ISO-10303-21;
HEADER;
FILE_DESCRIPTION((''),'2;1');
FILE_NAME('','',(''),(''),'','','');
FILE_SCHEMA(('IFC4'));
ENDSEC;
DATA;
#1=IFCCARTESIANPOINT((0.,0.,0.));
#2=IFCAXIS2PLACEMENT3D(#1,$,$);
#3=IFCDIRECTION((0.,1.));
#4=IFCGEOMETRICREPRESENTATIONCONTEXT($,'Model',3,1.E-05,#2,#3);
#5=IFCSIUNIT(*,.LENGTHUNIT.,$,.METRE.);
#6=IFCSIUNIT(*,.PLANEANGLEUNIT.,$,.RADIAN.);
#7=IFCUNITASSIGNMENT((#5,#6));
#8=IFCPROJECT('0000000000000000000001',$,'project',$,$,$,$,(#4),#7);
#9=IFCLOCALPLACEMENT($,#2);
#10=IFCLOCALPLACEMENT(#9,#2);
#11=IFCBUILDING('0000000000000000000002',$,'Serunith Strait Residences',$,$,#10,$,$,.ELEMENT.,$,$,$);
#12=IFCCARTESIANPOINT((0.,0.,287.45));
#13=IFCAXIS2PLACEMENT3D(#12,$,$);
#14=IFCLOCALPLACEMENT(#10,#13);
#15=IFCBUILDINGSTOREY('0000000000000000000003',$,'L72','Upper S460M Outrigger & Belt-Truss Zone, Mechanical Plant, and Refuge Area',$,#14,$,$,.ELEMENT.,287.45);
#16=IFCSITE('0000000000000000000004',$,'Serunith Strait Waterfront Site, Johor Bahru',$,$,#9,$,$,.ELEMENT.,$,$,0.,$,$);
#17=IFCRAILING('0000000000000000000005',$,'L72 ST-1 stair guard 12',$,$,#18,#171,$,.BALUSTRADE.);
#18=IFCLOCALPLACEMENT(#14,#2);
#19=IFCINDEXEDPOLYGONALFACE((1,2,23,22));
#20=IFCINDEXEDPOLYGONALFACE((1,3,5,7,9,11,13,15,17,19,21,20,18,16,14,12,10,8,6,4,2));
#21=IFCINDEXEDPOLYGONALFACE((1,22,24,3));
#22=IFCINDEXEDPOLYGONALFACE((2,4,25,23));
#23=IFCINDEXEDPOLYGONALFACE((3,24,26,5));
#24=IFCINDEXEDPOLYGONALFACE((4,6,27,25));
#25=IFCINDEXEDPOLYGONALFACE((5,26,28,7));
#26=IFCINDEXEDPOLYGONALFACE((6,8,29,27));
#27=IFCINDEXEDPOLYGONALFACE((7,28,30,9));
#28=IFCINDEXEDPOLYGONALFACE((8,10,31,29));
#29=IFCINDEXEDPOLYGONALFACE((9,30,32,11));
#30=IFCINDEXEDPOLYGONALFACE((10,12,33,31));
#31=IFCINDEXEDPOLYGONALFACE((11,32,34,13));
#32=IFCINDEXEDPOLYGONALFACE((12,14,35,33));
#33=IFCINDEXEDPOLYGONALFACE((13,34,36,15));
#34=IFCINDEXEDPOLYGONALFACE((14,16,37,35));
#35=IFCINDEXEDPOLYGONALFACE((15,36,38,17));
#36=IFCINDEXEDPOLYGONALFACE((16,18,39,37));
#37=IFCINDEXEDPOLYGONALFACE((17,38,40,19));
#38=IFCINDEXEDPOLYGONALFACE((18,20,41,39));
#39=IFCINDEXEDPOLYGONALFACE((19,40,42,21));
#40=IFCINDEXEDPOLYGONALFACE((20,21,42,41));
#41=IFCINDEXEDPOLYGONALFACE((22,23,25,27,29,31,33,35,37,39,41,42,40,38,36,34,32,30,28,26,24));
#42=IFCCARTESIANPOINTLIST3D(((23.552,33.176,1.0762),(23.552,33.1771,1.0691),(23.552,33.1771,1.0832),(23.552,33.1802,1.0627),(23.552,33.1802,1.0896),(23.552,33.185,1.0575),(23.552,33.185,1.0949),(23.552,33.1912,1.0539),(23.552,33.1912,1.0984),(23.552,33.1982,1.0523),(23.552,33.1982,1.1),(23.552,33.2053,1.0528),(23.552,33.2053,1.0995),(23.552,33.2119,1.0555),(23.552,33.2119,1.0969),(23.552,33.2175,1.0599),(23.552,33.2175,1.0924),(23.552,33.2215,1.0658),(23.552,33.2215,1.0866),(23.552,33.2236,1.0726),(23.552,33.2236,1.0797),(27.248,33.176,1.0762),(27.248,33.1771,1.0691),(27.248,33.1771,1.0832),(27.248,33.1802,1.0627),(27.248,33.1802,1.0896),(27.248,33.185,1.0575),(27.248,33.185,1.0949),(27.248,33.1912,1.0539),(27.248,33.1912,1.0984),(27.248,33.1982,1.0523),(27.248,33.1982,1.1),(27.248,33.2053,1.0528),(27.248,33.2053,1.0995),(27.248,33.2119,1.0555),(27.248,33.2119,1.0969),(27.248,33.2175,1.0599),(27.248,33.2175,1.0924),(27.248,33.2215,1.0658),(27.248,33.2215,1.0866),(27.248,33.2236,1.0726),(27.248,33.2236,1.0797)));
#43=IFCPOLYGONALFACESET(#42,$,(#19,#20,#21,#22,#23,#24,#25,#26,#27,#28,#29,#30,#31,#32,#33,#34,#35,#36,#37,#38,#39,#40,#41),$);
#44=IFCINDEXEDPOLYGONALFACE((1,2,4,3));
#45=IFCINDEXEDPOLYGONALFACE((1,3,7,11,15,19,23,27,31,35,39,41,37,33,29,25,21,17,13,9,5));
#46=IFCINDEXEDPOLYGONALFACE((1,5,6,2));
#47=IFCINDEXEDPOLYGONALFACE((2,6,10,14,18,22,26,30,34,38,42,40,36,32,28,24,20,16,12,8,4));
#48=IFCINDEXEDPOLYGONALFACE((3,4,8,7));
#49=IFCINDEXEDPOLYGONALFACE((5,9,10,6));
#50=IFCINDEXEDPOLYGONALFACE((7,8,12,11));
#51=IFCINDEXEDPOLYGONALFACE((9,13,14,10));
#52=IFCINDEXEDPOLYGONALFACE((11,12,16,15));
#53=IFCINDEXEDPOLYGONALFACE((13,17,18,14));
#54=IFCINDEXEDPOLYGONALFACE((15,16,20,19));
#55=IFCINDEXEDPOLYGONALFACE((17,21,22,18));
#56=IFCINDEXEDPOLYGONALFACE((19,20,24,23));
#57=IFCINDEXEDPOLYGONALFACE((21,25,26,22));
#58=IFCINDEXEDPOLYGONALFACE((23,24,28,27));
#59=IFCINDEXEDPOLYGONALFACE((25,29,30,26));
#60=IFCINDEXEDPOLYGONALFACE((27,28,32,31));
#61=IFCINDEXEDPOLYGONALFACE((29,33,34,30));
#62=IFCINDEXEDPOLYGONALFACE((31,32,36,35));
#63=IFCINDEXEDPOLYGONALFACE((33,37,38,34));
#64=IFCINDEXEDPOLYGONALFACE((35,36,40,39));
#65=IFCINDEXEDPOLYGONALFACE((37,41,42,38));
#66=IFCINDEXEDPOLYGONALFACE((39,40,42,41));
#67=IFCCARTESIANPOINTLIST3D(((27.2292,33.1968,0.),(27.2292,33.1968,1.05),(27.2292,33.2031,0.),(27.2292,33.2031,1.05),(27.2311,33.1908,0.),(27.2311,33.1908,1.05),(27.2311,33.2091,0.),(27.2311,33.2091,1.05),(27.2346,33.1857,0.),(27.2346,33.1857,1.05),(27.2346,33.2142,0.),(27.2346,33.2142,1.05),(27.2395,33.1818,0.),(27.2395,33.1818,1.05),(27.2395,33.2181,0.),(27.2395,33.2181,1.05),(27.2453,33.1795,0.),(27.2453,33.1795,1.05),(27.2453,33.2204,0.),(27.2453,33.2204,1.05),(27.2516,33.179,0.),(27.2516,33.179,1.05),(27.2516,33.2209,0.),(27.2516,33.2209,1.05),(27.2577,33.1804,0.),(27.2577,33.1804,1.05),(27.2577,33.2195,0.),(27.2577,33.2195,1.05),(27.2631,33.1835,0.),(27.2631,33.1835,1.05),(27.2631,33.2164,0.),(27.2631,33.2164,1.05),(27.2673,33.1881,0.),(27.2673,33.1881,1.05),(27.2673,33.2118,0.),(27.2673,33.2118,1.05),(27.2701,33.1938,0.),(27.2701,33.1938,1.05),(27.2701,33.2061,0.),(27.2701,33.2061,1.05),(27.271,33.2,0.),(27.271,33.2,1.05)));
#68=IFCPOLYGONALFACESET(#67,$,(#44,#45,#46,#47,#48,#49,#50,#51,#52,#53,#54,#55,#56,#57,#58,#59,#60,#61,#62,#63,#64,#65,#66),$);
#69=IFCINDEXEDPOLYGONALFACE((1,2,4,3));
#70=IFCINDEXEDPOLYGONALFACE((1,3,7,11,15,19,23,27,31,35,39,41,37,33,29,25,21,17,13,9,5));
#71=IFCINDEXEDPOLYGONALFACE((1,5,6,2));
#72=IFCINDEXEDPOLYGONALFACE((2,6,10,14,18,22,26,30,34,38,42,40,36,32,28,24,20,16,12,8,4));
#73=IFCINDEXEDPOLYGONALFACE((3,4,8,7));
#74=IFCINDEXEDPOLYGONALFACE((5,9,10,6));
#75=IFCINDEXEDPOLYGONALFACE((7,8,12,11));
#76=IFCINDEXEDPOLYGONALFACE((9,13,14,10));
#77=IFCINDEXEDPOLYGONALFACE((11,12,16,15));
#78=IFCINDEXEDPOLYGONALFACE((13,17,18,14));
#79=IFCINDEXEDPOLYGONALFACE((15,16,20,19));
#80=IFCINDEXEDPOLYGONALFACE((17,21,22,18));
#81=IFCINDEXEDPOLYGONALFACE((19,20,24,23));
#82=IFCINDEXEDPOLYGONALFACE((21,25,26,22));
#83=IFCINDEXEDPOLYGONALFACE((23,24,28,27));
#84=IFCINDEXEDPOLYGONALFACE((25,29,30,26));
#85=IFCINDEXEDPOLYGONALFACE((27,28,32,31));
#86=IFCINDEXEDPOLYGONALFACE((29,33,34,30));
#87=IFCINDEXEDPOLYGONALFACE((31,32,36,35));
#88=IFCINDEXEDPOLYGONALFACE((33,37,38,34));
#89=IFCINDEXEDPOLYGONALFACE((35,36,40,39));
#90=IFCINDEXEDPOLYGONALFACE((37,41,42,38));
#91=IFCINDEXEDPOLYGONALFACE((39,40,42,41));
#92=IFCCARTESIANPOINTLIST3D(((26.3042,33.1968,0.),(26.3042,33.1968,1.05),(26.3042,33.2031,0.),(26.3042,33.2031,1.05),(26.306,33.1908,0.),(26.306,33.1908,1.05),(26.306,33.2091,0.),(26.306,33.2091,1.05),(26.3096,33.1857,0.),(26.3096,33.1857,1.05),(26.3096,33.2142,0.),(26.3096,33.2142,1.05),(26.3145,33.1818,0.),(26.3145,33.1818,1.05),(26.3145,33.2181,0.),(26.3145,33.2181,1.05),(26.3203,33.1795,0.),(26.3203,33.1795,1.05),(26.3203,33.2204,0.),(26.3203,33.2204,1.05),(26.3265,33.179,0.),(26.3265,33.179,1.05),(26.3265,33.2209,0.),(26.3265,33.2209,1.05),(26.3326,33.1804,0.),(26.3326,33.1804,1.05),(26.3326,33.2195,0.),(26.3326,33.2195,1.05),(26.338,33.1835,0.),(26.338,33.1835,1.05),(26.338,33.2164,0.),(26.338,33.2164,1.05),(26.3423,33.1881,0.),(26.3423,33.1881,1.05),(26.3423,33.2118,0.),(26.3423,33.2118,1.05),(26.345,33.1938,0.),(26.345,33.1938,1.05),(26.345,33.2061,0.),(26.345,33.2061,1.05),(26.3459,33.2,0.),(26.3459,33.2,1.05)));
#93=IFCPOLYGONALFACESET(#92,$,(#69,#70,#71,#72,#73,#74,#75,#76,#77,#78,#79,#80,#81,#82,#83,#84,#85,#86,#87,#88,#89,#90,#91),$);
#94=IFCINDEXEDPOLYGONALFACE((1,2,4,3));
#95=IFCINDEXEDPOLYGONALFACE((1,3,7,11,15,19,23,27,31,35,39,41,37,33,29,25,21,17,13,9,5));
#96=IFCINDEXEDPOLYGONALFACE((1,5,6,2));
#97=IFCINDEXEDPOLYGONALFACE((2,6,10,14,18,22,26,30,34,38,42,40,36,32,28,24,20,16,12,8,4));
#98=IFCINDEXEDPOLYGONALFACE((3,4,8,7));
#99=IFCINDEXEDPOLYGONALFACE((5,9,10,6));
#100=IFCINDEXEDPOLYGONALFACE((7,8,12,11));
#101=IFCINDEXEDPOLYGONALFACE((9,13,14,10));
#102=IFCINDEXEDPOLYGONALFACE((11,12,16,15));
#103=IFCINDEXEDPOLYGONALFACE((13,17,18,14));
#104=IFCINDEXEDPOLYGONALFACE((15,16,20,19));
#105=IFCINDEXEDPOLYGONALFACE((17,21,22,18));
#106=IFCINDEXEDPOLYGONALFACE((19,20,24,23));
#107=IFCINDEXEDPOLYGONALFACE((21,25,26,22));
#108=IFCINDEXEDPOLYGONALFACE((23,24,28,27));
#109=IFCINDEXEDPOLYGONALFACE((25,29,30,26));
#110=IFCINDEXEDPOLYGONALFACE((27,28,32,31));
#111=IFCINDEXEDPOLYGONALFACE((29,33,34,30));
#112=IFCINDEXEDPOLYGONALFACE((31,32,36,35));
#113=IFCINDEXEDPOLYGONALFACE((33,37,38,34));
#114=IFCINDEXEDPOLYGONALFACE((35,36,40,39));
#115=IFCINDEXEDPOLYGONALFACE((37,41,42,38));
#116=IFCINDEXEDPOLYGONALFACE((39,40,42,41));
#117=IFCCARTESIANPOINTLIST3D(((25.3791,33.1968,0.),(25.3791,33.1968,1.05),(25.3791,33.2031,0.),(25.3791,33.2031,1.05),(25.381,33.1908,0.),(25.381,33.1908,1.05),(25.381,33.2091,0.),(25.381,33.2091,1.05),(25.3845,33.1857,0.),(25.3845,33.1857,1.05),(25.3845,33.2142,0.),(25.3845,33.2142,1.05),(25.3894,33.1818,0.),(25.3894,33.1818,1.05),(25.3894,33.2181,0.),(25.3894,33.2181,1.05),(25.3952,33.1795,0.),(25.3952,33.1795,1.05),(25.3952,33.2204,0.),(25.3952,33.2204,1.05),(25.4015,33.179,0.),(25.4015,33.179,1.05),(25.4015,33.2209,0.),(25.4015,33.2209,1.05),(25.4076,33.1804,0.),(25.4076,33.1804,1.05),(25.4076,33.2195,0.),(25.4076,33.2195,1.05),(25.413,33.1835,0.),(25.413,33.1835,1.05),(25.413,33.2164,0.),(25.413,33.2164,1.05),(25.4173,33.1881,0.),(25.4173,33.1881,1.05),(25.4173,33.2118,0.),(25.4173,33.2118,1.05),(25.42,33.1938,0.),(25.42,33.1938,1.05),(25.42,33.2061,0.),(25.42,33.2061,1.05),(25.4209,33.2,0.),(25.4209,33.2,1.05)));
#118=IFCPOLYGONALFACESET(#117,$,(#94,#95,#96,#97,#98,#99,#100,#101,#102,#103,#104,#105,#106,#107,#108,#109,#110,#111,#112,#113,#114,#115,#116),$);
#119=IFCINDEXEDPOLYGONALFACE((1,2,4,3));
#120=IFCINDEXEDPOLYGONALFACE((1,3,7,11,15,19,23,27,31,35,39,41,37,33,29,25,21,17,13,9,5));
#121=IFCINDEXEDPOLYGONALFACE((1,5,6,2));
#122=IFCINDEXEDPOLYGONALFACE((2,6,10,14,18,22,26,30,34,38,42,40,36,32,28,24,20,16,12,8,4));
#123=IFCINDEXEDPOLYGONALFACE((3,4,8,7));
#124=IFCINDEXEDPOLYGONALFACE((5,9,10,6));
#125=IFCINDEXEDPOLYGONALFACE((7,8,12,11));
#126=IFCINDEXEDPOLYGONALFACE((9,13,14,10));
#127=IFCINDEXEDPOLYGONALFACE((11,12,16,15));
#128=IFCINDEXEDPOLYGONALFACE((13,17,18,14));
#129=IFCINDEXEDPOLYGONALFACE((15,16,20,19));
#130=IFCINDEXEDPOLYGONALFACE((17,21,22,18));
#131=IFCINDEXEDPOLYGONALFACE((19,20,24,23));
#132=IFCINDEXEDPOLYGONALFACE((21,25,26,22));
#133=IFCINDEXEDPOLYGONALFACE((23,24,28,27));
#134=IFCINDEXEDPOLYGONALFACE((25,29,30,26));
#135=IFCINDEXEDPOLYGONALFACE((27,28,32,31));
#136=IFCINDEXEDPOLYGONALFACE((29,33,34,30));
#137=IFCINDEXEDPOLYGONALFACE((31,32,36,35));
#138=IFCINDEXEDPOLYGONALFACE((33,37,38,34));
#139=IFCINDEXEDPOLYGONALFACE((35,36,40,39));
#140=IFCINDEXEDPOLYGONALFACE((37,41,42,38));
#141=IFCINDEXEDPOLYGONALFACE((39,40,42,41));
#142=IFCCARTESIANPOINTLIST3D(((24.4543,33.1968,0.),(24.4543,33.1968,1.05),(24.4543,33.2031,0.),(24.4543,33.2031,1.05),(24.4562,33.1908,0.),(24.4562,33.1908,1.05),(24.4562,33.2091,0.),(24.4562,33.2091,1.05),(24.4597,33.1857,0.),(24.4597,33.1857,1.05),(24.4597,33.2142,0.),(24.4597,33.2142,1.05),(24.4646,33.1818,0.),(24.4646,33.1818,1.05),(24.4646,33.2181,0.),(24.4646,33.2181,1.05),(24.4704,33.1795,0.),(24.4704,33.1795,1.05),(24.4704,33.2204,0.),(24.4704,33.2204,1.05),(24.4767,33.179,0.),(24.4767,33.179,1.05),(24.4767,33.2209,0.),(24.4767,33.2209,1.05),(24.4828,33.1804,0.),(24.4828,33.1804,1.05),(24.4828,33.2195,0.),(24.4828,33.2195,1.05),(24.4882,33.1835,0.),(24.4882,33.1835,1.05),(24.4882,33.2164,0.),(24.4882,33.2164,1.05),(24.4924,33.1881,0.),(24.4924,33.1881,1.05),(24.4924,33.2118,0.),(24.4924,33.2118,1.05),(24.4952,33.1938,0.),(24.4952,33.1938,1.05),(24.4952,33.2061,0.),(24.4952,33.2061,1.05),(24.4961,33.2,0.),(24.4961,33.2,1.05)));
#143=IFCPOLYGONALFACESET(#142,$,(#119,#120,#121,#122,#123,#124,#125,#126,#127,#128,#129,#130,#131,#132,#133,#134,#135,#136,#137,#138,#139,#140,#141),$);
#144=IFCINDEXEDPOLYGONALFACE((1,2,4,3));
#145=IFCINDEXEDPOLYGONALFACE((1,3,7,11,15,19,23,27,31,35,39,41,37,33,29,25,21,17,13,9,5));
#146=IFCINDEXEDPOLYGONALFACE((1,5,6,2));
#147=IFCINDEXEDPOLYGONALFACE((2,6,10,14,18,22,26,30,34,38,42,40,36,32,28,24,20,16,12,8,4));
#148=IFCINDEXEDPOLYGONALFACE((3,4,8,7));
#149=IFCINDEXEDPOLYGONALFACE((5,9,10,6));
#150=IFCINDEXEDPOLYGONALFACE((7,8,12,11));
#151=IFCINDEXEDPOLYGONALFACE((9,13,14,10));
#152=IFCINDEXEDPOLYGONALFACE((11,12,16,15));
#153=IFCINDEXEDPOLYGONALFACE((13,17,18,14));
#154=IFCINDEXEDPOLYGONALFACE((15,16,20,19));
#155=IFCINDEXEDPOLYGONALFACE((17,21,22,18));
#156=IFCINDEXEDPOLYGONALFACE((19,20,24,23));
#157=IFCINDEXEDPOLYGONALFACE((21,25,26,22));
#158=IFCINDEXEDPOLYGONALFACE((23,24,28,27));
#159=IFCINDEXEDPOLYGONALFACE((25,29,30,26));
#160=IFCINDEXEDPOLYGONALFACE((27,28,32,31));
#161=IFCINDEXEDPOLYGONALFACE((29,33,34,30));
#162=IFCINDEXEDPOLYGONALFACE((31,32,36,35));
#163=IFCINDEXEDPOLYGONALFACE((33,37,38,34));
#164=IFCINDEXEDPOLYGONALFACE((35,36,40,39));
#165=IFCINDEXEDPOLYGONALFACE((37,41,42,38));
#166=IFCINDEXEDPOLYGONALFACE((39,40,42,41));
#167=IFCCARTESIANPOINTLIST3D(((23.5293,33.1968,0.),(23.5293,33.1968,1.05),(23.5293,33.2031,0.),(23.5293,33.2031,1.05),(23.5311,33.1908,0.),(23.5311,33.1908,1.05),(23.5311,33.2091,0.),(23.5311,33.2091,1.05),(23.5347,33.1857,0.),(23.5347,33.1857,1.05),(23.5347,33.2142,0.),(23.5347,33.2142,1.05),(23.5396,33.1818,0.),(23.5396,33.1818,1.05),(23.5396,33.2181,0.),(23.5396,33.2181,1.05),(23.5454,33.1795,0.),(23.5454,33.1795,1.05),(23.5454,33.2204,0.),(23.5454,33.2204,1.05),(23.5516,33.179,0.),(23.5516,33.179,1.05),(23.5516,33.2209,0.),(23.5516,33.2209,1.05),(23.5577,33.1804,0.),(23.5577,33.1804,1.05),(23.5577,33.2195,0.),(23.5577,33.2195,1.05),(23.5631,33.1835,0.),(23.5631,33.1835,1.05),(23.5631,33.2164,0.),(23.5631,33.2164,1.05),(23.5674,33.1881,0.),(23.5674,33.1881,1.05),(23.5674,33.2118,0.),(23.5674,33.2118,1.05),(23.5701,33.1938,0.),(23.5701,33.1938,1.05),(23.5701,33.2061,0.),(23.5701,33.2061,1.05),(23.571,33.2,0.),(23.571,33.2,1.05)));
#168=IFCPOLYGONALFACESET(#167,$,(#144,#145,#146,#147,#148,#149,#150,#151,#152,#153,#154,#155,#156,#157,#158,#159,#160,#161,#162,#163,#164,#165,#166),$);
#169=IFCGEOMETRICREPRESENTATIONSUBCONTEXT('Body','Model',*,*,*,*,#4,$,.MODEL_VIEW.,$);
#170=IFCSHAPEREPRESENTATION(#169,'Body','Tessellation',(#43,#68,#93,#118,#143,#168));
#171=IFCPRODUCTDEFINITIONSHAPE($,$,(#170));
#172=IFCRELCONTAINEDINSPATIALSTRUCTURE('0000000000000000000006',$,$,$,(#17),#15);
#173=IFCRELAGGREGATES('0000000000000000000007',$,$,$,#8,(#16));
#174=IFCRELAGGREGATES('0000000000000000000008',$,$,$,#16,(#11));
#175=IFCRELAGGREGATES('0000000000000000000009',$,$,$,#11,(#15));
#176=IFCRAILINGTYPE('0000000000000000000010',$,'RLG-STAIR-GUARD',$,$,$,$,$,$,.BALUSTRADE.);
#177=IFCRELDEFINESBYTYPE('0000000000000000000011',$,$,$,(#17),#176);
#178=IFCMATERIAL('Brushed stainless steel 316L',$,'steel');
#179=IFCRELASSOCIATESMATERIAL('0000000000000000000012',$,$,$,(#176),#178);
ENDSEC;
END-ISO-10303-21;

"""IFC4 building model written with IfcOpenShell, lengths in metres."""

from ifc_helpers import new_model, si_unit, direction, frame, origin, origin_2d, place, context, subcontext, project, spatial, circle, extrude, material, type_object, element, save


model = new_model("IFC4")

# Units and contexts
model_context = context("Model", 3, precision=1e-05, world=origin(), true_north=direction((0.0, 1.0)))
body_context = subcontext(model_context, "Body", "Model", "MODEL_VIEW")
ifc_project = project(units=[si_unit("LENGTHUNIT", "METRE"), si_unit("PLANEANGLEUNIT", "RADIAN")], contexts=[model_context])

# Site, building, storey
site_placement = place(None, origin())
site = spatial("IfcSite", under=ifc_project, at=site_placement, Name="Serunith Strait Waterfront Site, Johor Bahru", CompositionType="ELEMENT", RefElevation=0.0)
building_placement = place(site_placement, origin())
building = spatial("IfcBuilding", under=site, at=building_placement, Name="Serunith Strait Residences", CompositionType="ELEMENT")
storey_placement = place(building_placement, frame((0.0, 0.0, 287.45)))
storey = spatial("IfcBuildingStorey", under=building, at=storey_placement, Name="L72", Description="Upper S460M Outrigger & Belt-Truss Zone, Mechanical Plant, and Refuge Area", CompositionType="ELEMENT", Elevation=287.45)

# Railing
ifc_material_1 = material(Name="Brushed stainless steel 316L", Category="steel")
railing_type_1 = type_object("IfcRailingType", Name="RLG-STAIR-GUARD", PredefinedType="BALUSTRADE", material=ifc_material_1)
railing_1_placement = place(storey_placement, frame((27.25, 33.2, 0.0)))
element("IfcRailing", 1, at=railing_1_placement, inside=storey, type_object=railing_type_1, Name="L72 ST-1 stair guard 12", PredefinedType="BALUSTRADE", context=body_context, shape_type="SweptSolid", body=[
    extrude(circle(Radius=0.0239, at=origin_2d()), frame((-0.002, 0.0, 1.0762), z_axis=(-1.0, 0.0, 0.0), x_axis=(0.0, -1.0, 0.0)), (0.0, 0.0, 1.0), 3.696),
    extrude(circle(Radius=0.021, at=origin_2d()), origin(), (0.0, 0.0, 1.0), 1.05),
    extrude(circle(Radius=0.021, at=origin_2d()), frame((-0.925, 0.0, 0.0)), (0.0, 0.0, 1.0), 1.05),
    extrude(circle(Radius=0.021, at=origin_2d()), frame((-1.8501, 0.0, 0.0)), (0.0, 0.0, 1.0), 1.05),
    extrude(circle(Radius=0.021, at=origin_2d()), frame((-2.7749, 0.0, 0.0)), (0.0, 0.0, 1.0), 1.05),
    extrude(circle(Radius=0.021, at=origin_2d()), frame((-3.7, 0.0, 0.0)), (0.0, 0.0, 1.0), 1.05),
])

save(model, "model.ifc")
